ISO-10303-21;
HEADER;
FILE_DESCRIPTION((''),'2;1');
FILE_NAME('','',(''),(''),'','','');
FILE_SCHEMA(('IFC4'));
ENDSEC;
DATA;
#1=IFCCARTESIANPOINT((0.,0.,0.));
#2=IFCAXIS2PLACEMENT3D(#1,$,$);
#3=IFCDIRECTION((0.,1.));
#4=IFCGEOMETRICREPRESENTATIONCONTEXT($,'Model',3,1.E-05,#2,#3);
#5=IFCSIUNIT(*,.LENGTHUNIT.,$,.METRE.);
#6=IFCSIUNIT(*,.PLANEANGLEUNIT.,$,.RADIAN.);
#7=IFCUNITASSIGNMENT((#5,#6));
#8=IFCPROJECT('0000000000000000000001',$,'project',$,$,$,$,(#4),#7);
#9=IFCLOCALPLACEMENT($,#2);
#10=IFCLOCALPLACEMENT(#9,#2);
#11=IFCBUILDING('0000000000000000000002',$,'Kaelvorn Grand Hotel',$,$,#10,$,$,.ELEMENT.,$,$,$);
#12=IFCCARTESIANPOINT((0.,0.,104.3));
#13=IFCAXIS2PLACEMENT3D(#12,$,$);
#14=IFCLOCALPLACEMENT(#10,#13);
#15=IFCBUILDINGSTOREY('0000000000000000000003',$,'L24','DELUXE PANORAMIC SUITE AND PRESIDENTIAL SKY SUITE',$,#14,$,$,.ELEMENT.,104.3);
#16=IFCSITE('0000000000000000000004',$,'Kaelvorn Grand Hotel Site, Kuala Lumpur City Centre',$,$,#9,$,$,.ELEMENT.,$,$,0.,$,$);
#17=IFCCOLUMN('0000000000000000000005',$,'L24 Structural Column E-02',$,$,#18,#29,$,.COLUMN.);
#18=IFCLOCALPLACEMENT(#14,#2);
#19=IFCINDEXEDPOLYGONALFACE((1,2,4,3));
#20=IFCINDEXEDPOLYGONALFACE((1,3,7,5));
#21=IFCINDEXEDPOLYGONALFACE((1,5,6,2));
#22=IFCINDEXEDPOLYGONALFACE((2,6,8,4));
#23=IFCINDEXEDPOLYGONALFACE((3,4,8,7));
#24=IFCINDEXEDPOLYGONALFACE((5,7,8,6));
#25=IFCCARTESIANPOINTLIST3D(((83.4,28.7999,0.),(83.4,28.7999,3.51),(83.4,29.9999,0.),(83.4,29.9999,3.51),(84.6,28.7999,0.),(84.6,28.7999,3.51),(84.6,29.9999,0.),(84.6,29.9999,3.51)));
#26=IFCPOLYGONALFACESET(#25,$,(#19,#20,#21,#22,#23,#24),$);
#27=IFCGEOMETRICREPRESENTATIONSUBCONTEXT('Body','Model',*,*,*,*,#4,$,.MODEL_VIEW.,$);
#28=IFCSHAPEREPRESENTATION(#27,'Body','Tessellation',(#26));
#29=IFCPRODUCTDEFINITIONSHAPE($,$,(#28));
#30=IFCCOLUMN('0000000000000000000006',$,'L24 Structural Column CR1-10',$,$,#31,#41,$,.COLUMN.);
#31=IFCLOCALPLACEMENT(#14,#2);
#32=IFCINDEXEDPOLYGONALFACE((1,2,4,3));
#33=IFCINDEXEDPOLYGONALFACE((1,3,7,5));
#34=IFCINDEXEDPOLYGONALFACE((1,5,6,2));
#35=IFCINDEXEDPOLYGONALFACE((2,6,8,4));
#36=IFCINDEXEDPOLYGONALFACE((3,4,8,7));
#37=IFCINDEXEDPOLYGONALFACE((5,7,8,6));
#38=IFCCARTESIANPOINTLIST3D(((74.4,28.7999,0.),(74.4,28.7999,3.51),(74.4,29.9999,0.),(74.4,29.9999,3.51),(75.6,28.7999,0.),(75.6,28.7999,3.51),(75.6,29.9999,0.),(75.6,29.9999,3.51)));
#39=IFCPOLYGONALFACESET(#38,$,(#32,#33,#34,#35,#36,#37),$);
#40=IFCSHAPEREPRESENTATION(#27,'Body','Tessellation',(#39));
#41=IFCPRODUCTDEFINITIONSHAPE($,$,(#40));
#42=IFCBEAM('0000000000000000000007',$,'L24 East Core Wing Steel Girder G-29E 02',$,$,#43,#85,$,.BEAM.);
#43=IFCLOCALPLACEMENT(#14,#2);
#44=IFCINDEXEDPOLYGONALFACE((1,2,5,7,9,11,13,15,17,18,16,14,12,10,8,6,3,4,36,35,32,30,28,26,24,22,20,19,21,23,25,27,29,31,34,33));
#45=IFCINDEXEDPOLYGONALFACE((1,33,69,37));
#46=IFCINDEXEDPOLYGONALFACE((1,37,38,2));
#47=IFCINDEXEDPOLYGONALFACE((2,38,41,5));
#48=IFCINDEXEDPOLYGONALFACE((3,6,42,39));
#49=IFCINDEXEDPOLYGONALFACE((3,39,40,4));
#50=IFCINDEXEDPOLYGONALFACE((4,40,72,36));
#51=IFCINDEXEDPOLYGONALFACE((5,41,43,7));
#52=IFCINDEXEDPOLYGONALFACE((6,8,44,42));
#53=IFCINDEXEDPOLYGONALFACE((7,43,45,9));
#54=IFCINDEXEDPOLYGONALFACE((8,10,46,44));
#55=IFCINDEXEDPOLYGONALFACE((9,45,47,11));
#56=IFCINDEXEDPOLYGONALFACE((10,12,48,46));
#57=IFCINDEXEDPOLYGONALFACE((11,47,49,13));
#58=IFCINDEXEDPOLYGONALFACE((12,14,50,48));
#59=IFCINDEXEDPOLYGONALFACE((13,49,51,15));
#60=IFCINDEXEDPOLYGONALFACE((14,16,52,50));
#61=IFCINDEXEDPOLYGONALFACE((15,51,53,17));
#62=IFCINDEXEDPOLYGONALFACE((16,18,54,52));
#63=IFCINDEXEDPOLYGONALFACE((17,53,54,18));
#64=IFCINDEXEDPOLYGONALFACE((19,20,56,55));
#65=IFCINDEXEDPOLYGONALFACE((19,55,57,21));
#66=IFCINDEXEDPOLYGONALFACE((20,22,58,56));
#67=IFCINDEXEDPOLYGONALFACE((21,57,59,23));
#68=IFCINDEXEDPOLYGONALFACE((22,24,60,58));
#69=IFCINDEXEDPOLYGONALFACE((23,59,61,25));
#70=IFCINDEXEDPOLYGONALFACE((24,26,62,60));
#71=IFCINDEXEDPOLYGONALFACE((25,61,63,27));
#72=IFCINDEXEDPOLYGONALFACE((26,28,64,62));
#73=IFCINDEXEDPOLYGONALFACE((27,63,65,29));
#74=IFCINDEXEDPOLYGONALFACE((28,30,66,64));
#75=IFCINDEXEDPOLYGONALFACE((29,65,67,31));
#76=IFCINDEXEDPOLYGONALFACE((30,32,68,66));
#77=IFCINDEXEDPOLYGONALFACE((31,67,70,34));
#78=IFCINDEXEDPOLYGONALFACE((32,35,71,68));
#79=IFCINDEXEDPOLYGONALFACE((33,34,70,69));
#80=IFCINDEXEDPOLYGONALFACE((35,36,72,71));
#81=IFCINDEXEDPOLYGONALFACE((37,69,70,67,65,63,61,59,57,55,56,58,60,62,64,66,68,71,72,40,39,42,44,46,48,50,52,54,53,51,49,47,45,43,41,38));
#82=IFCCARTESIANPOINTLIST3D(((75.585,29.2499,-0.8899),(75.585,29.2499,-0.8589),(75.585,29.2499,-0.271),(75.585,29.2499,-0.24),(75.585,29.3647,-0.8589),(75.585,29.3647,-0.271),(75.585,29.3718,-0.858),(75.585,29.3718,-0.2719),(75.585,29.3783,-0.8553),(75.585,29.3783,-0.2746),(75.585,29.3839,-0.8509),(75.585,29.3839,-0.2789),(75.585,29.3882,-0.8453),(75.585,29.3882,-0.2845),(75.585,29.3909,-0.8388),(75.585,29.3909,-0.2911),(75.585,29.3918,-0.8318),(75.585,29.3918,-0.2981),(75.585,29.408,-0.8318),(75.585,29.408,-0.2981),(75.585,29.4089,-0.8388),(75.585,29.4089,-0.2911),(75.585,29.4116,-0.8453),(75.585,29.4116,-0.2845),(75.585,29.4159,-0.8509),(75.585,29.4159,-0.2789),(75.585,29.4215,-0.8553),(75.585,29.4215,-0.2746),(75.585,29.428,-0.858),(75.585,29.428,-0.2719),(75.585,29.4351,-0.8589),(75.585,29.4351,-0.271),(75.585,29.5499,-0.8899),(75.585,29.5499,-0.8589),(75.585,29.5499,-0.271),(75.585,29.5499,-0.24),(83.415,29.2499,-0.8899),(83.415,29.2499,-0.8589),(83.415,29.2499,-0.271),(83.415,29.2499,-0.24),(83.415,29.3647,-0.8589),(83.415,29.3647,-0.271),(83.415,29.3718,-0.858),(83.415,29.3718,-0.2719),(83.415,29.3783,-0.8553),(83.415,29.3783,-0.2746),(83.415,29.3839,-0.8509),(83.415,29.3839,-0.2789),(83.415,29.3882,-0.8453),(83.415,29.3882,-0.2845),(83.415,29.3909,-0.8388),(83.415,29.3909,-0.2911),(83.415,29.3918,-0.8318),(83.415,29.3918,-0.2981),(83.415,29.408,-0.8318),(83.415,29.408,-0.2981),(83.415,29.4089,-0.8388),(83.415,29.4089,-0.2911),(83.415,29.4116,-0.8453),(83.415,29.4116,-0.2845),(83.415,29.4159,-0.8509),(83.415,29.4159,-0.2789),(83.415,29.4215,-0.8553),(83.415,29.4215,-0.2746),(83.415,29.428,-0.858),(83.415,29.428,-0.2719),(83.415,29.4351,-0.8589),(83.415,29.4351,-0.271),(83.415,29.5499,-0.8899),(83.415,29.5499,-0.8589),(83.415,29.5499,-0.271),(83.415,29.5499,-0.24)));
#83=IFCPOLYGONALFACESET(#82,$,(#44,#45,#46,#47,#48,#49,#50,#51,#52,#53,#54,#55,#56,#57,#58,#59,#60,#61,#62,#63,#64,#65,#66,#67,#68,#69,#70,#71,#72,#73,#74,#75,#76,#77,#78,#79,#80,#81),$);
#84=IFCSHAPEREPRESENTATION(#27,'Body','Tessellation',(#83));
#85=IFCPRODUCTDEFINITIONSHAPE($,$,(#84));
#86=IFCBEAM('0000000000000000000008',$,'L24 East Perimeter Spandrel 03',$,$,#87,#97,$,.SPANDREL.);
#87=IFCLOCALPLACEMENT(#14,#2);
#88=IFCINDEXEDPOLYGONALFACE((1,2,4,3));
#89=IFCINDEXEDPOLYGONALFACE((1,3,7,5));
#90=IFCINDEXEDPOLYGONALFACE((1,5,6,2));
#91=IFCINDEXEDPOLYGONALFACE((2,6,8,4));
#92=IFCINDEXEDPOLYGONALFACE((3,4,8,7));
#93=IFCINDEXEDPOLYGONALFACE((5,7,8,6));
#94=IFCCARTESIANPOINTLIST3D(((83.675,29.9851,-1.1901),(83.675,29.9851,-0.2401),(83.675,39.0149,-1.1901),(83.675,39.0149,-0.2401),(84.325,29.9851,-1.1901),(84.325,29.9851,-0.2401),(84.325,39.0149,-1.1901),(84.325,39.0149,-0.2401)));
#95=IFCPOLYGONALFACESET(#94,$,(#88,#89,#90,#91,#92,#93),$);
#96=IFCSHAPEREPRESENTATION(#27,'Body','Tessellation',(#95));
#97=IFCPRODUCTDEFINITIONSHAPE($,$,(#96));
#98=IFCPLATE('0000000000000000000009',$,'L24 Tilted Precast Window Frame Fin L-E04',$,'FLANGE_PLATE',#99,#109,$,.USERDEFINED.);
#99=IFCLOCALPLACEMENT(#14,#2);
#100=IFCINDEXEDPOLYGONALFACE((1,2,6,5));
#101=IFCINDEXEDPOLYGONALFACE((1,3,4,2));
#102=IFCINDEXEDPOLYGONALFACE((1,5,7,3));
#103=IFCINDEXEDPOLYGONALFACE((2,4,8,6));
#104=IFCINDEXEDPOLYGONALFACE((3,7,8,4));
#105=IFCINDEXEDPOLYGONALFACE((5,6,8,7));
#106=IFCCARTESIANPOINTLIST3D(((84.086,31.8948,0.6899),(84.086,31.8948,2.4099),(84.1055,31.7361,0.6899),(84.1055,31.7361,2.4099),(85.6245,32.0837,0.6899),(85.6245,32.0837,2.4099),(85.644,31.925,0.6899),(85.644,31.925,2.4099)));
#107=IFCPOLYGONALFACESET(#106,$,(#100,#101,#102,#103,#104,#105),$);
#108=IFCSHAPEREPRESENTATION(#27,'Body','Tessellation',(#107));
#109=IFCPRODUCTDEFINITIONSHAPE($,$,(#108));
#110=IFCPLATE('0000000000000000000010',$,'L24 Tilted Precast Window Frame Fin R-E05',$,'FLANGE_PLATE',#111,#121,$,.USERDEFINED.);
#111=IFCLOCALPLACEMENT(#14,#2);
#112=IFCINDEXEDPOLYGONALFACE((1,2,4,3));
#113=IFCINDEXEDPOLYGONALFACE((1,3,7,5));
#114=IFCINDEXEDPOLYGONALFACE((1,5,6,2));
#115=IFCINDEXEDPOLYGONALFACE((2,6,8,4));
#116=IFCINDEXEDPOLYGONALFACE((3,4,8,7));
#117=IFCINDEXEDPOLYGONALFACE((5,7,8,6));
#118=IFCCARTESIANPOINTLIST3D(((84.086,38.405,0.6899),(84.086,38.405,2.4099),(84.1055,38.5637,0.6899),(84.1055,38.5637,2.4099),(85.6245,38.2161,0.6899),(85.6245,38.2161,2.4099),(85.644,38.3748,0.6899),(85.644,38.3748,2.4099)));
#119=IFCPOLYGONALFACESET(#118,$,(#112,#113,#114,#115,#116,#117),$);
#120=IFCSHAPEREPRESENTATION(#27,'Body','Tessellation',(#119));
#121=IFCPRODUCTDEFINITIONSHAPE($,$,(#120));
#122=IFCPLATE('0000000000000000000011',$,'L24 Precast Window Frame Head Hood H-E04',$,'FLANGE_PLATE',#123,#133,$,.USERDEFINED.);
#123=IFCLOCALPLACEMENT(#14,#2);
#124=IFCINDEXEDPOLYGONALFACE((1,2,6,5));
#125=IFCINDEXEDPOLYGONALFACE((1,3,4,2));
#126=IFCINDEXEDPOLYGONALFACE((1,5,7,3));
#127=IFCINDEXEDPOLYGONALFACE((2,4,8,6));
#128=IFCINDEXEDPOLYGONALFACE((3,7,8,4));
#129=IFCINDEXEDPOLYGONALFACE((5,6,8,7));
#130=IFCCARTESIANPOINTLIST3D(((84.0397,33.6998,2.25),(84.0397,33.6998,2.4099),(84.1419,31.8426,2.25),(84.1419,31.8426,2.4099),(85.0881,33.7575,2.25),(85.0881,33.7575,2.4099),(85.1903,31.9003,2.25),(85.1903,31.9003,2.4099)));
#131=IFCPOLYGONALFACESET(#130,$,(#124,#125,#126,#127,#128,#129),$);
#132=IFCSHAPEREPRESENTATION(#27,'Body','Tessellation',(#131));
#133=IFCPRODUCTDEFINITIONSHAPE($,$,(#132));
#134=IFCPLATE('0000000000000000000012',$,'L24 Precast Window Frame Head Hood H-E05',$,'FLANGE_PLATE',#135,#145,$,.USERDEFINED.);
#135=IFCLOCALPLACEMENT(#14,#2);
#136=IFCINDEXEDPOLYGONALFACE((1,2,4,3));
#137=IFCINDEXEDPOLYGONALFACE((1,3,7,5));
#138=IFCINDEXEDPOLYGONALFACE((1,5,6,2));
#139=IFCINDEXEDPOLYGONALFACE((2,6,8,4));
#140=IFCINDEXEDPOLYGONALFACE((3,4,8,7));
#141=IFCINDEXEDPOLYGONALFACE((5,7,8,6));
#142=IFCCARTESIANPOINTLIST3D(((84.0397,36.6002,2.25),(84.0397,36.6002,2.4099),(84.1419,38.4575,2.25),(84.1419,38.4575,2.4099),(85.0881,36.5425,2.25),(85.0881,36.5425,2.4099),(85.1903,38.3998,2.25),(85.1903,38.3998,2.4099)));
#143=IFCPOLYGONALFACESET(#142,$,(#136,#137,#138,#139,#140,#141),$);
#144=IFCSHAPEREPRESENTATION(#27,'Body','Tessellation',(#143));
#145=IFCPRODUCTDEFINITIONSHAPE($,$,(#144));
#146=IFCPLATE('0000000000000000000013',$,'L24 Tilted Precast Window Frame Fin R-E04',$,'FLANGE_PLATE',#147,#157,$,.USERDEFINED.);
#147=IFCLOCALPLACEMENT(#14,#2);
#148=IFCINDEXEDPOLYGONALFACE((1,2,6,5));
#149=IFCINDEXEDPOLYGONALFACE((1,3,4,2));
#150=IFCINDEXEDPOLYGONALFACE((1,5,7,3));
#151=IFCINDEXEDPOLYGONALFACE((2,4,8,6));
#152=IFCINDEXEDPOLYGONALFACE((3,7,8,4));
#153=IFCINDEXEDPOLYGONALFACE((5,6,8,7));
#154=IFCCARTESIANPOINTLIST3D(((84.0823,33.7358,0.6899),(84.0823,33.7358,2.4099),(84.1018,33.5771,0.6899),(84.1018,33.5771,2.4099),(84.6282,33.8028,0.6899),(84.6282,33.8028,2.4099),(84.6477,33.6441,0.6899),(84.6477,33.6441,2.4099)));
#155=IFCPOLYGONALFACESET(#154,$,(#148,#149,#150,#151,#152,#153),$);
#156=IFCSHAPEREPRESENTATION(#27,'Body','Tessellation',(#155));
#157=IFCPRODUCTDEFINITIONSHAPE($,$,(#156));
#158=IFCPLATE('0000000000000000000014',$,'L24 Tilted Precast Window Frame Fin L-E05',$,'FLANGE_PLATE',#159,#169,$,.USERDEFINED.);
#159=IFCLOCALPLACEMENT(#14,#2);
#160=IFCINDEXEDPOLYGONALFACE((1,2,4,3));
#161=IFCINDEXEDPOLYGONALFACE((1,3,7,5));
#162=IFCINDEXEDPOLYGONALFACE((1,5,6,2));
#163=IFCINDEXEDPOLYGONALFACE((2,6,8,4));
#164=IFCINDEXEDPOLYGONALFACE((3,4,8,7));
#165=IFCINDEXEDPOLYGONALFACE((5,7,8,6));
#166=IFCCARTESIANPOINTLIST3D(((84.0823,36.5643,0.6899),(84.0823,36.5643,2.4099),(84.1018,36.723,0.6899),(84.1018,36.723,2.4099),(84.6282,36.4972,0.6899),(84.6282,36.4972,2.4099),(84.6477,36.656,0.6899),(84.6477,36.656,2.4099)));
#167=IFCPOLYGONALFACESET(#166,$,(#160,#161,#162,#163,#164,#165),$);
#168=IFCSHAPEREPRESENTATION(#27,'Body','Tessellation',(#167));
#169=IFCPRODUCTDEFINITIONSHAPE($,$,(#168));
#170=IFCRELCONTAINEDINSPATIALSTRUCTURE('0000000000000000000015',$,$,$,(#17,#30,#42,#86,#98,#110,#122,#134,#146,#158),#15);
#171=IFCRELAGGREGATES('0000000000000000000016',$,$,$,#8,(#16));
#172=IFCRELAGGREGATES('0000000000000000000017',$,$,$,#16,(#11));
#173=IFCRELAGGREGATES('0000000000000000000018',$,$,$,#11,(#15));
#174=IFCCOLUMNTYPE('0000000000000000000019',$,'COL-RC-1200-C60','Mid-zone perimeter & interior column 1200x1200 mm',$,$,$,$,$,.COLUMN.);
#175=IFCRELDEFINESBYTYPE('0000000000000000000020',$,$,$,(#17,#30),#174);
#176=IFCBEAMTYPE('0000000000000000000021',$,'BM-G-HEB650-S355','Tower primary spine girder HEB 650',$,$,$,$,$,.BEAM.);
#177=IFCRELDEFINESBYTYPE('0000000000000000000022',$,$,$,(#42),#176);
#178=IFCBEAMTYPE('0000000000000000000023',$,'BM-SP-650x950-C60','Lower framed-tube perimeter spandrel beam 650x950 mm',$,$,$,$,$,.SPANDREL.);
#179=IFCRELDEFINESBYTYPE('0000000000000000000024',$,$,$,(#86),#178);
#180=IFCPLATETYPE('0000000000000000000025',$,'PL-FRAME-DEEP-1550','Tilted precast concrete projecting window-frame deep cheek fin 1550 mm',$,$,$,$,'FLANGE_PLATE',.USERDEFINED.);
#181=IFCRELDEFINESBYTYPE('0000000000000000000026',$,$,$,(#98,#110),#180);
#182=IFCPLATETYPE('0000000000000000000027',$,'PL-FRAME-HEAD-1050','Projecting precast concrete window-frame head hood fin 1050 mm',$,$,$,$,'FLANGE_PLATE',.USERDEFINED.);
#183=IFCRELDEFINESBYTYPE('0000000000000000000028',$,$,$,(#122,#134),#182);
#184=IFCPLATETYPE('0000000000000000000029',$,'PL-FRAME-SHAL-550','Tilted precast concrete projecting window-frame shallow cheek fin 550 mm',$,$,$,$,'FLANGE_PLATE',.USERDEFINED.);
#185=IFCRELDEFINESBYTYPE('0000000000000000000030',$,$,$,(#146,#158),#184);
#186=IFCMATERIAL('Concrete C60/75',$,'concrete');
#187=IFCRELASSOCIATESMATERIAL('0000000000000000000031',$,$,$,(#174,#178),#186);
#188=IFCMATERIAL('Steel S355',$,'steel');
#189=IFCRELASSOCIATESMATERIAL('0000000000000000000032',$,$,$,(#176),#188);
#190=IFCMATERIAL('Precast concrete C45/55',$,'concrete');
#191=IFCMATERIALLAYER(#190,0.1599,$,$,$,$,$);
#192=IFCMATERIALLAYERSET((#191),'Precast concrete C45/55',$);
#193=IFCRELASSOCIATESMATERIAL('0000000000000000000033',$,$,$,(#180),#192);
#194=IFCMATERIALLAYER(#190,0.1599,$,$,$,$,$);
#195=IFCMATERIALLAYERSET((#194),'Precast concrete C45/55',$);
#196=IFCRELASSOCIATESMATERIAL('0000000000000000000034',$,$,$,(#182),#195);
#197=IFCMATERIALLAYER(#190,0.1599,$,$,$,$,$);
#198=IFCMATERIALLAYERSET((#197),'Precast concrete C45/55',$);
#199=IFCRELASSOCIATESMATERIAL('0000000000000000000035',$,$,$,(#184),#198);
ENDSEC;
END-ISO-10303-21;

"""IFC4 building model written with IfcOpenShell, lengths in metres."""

from ifc_helpers import new_model, si_unit, direction, frame, origin, origin_2d, place, context, subcontext, project, spatial, rectangle, i_section, extrude, material, layer, layer_set, material_profile, profile_set, type_object, element, save


model = new_model("IFC4")

# Units and contexts
model_context = context("Model", 3, precision=1e-05, world=origin(), true_north=direction((0.0, 1.0)))
body_context = subcontext(model_context, "Body", "Model", "MODEL_VIEW")
ifc_project = project(units=[si_unit("LENGTHUNIT", "METRE"), si_unit("PLANEANGLEUNIT", "RADIAN")], contexts=[model_context])

# Site, building, storey
site_placement = place(None, origin())
site = spatial("IfcSite", under=ifc_project, at=site_placement, Name="Kaelvorn Grand Hotel Site, Kuala Lumpur City Centre", CompositionType="ELEMENT", RefElevation=0.0)
building_placement = place(site_placement, origin())
building = spatial("IfcBuilding", under=site, at=building_placement, Name="Kaelvorn Grand Hotel", CompositionType="ELEMENT")
storey_placement = place(building_placement, frame((0.0, 0.0, 104.3)))
storey = spatial("IfcBuildingStorey", under=building, at=storey_placement, Name="L24", Description="DELUXE PANORAMIC SUITE AND PRESIDENTIAL SKY SUITE", CompositionType="ELEMENT", Elevation=104.3)

# Columns
ifc_material_1 = material(Name="Concrete C60/75", Category="concrete")
ifc_material_profile_1 = material_profile(ifc_material_1, rectangle(XDim=1.2, YDim=1.2, at=origin_2d()), Name="RC COL 1200x1200")
ifc_profile_set_1 = profile_set([ifc_material_profile_1], Name="Concrete C60/75")
column_type = type_object("IfcColumnType", Name="COL-RC-1200-C60", Description="Mid-zone perimeter & interior column 1200x1200 mm", PredefinedType="COLUMN", material=ifc_profile_set_1)
for number, where, z_axis, x_axis, name in (
    (1, (84.0, 29.3999, 0.0), (0.0, 0.0, 1.0), (1.0, 0.0, 0.0), "L24 Structural Column E-02"),
    (2, (75.0, 29.3999, 0.0), (0.0, 0.0, 1.0), (1.0, 0.0, 0.0), "L24 Structural Column CR1-10"),
):
    element("IfcColumn", number, at=place(storey_placement, frame(where, z_axis=z_axis, x_axis=x_axis)), inside=storey, type_object=column_type, Name=name, PredefinedType="COLUMN", context=body_context, shape_type="SweptSolid", body=[
        extrude(rectangle(XDim=1.2, YDim=1.2, at=origin_2d()), origin(), (0.0, 0.0, 1.0), 3.51),
    ])

# Beams
ifc_material_2 = material(Name="Steel S355", Category="steel")
ifc_material_profile_2 = material_profile(ifc_material_2, i_section(OverallWidth=0.3, OverallDepth=0.6499, WebThickness=0.0161, FlangeThickness=0.031, FilletRadius=0.0271, at=origin_2d()), Name="HEB 650")
ifc_profile_set_2 = profile_set([ifc_material_profile_2], Name="Steel S355")
beam_type_1 = type_object("IfcBeamType", Name="BM-G-HEB650-S355", Description="Tower primary spine girder HEB 650", PredefinedType="BEAM", material=ifc_profile_set_2)
beam_1_placement = place(storey_placement, frame((75.585, 29.3999, -0.5649), z_axis=(1.0, 0.0, 0.0), x_axis=(0.0, 1.0, 0.0)))
element("IfcBeam", 3, at=beam_1_placement, inside=storey, type_object=beam_type_1, Name="L24 East Core Wing Steel Girder G-29E 02", PredefinedType="BEAM", context=body_context, shape_type="SweptSolid", body=[
    extrude(i_section(OverallWidth=0.3, OverallDepth=0.6499, WebThickness=0.0161, FlangeThickness=0.031, FilletRadius=0.0271, at=origin_2d()), origin(), (0.0, 0.0, 1.0), 7.8301),
])
ifc_material_profile_3 = material_profile(ifc_material_1, rectangle(XDim=0.6499, YDim=0.95, at=origin_2d()), Name="RC SPANDREL 650x950")
ifc_profile_set_3 = profile_set([ifc_material_profile_3], Name="Concrete C60/75")
beam_type_2 = type_object("IfcBeamType", Name="BM-SP-650x950-C60", Description="Lower framed-tube perimeter spandrel beam 650x950 mm", PredefinedType="SPANDREL", material=ifc_profile_set_3)
beam_2_placement = place(storey_placement, frame((84.0, 29.9851, -0.7151), z_axis=(0.0, 1.0, 0.0), x_axis=(-1.0, 0.0, 0.0)))
element("IfcBeam", 4, at=beam_2_placement, inside=storey, type_object=beam_type_2, Name="L24 East Perimeter Spandrel 03", PredefinedType="SPANDREL", context=body_context, shape_type="SweptSolid", body=[
    extrude(rectangle(XDim=0.6499, YDim=0.95, at=origin_2d()), origin(), (0.0, 0.0, 1.0), 9.0298),
])

# Plates
ifc_material_3 = material(Name="Precast concrete C45/55", Category="concrete")
ifc_layer_1 = layer(ifc_material_3, 0.1599)
ifc_layer_set_1 = layer_set([ifc_layer_1], Name="Precast concrete C45/55")
plate_type_1 = type_object("IfcPlateType", Name="PL-FRAME-DEEP-1550", Description="Tilted precast concrete projecting window-frame deep cheek fin 1550 mm", ElementType="FLANGE_PLATE", PredefinedType="USERDEFINED", material=ifc_layer_set_1)
for number, where, z_axis, x_axis, name in (
    (5, (84.865, 31.9099, 0.6899), (0.0, 0.0, 1.0), (-0.121869, 0.992546, 0.0), "L24 Tilted Precast Window Frame Fin L-E04"),
    (6, (84.865, 38.3899, 0.6899), (0.0, 0.0, 1.0), (0.121869, 0.992546, 0.0), "L24 Tilted Precast Window Frame Fin R-E05"),
):
    element("IfcPlate", number, at=place(storey_placement, frame(where, z_axis=z_axis, x_axis=x_axis)), inside=storey, type_object=plate_type_1, Name=name, ObjectType="FLANGE_PLATE", PredefinedType="USERDEFINED", context=body_context, shape_type="SweptSolid", body=[
        extrude(rectangle(XDim=0.1599, YDim=1.55, at=origin_2d()), origin(), (0.0, 0.0, 1.0), 1.72),
    ])
ifc_layer_2 = layer(ifc_material_3, 0.1599)
ifc_layer_set_2 = layer_set([ifc_layer_2], Name="Precast concrete C45/55")
plate_type_2 = type_object("IfcPlateType", Name="PL-FRAME-HEAD-1050", Description="Projecting precast concrete window-frame head hood fin 1050 mm", ElementType="FLANGE_PLATE", PredefinedType="USERDEFINED", material=ifc_layer_set_2)
for number, where, z_axis, x_axis, name in (
    (7, (84.615, 32.8, 2.25), (0.0, 0.0, 1.0), (-0.05495, 0.998489, 0.0), "L24 Precast Window Frame Head Hood H-E04"),
    (8, (84.615, 37.5, 2.25), (0.0, 0.0, 1.0), (0.05495, 0.998489, 0.0), "L24 Precast Window Frame Head Hood H-E05"),
):
    element("IfcPlate", number, at=place(storey_placement, frame(where, z_axis=z_axis, x_axis=x_axis)), inside=storey, type_object=plate_type_2, Name=name, ObjectType="FLANGE_PLATE", PredefinedType="USERDEFINED", context=body_context, shape_type="SweptSolid", body=[
        extrude(rectangle(XDim=1.8601, YDim=1.05, at=origin_2d()), origin(), (0.0, 0.0, 1.0), 0.1599),
    ])
ifc_layer_3 = layer(ifc_material_3, 0.1599)
ifc_layer_set_3 = layer_set([ifc_layer_3], Name="Precast concrete C45/55")
plate_type_3 = type_object("IfcPlateType", Name="PL-FRAME-SHAL-550", Description="Tilted precast concrete projecting window-frame shallow cheek fin 550 mm", ElementType="FLANGE_PLATE", PredefinedType="USERDEFINED", material=ifc_layer_set_3)
for number, where, z_axis, x_axis, name in (
    (9, (84.365, 33.6899, 0.6899), (0.0, 0.0, 1.0), (-0.121869, 0.992546, 0.0), "L24 Tilted Precast Window Frame Fin R-E04"),
    (10, (84.365, 36.6101, 0.6899), (0.0, 0.0, 1.0), (0.121869, 0.992546, 0.0), "L24 Tilted Precast Window Frame Fin L-E05"),
):
    element("IfcPlate", number, at=place(storey_placement, frame(where, z_axis=z_axis, x_axis=x_axis)), inside=storey, type_object=plate_type_3, Name=name, ObjectType="FLANGE_PLATE", PredefinedType="USERDEFINED", context=body_context, shape_type="SweptSolid", body=[
        extrude(rectangle(XDim=0.1599, YDim=0.55, at=origin_2d()), origin(), (0.0, 0.0, 1.0), 1.72),
    ])

save(model, "model.ifc")
